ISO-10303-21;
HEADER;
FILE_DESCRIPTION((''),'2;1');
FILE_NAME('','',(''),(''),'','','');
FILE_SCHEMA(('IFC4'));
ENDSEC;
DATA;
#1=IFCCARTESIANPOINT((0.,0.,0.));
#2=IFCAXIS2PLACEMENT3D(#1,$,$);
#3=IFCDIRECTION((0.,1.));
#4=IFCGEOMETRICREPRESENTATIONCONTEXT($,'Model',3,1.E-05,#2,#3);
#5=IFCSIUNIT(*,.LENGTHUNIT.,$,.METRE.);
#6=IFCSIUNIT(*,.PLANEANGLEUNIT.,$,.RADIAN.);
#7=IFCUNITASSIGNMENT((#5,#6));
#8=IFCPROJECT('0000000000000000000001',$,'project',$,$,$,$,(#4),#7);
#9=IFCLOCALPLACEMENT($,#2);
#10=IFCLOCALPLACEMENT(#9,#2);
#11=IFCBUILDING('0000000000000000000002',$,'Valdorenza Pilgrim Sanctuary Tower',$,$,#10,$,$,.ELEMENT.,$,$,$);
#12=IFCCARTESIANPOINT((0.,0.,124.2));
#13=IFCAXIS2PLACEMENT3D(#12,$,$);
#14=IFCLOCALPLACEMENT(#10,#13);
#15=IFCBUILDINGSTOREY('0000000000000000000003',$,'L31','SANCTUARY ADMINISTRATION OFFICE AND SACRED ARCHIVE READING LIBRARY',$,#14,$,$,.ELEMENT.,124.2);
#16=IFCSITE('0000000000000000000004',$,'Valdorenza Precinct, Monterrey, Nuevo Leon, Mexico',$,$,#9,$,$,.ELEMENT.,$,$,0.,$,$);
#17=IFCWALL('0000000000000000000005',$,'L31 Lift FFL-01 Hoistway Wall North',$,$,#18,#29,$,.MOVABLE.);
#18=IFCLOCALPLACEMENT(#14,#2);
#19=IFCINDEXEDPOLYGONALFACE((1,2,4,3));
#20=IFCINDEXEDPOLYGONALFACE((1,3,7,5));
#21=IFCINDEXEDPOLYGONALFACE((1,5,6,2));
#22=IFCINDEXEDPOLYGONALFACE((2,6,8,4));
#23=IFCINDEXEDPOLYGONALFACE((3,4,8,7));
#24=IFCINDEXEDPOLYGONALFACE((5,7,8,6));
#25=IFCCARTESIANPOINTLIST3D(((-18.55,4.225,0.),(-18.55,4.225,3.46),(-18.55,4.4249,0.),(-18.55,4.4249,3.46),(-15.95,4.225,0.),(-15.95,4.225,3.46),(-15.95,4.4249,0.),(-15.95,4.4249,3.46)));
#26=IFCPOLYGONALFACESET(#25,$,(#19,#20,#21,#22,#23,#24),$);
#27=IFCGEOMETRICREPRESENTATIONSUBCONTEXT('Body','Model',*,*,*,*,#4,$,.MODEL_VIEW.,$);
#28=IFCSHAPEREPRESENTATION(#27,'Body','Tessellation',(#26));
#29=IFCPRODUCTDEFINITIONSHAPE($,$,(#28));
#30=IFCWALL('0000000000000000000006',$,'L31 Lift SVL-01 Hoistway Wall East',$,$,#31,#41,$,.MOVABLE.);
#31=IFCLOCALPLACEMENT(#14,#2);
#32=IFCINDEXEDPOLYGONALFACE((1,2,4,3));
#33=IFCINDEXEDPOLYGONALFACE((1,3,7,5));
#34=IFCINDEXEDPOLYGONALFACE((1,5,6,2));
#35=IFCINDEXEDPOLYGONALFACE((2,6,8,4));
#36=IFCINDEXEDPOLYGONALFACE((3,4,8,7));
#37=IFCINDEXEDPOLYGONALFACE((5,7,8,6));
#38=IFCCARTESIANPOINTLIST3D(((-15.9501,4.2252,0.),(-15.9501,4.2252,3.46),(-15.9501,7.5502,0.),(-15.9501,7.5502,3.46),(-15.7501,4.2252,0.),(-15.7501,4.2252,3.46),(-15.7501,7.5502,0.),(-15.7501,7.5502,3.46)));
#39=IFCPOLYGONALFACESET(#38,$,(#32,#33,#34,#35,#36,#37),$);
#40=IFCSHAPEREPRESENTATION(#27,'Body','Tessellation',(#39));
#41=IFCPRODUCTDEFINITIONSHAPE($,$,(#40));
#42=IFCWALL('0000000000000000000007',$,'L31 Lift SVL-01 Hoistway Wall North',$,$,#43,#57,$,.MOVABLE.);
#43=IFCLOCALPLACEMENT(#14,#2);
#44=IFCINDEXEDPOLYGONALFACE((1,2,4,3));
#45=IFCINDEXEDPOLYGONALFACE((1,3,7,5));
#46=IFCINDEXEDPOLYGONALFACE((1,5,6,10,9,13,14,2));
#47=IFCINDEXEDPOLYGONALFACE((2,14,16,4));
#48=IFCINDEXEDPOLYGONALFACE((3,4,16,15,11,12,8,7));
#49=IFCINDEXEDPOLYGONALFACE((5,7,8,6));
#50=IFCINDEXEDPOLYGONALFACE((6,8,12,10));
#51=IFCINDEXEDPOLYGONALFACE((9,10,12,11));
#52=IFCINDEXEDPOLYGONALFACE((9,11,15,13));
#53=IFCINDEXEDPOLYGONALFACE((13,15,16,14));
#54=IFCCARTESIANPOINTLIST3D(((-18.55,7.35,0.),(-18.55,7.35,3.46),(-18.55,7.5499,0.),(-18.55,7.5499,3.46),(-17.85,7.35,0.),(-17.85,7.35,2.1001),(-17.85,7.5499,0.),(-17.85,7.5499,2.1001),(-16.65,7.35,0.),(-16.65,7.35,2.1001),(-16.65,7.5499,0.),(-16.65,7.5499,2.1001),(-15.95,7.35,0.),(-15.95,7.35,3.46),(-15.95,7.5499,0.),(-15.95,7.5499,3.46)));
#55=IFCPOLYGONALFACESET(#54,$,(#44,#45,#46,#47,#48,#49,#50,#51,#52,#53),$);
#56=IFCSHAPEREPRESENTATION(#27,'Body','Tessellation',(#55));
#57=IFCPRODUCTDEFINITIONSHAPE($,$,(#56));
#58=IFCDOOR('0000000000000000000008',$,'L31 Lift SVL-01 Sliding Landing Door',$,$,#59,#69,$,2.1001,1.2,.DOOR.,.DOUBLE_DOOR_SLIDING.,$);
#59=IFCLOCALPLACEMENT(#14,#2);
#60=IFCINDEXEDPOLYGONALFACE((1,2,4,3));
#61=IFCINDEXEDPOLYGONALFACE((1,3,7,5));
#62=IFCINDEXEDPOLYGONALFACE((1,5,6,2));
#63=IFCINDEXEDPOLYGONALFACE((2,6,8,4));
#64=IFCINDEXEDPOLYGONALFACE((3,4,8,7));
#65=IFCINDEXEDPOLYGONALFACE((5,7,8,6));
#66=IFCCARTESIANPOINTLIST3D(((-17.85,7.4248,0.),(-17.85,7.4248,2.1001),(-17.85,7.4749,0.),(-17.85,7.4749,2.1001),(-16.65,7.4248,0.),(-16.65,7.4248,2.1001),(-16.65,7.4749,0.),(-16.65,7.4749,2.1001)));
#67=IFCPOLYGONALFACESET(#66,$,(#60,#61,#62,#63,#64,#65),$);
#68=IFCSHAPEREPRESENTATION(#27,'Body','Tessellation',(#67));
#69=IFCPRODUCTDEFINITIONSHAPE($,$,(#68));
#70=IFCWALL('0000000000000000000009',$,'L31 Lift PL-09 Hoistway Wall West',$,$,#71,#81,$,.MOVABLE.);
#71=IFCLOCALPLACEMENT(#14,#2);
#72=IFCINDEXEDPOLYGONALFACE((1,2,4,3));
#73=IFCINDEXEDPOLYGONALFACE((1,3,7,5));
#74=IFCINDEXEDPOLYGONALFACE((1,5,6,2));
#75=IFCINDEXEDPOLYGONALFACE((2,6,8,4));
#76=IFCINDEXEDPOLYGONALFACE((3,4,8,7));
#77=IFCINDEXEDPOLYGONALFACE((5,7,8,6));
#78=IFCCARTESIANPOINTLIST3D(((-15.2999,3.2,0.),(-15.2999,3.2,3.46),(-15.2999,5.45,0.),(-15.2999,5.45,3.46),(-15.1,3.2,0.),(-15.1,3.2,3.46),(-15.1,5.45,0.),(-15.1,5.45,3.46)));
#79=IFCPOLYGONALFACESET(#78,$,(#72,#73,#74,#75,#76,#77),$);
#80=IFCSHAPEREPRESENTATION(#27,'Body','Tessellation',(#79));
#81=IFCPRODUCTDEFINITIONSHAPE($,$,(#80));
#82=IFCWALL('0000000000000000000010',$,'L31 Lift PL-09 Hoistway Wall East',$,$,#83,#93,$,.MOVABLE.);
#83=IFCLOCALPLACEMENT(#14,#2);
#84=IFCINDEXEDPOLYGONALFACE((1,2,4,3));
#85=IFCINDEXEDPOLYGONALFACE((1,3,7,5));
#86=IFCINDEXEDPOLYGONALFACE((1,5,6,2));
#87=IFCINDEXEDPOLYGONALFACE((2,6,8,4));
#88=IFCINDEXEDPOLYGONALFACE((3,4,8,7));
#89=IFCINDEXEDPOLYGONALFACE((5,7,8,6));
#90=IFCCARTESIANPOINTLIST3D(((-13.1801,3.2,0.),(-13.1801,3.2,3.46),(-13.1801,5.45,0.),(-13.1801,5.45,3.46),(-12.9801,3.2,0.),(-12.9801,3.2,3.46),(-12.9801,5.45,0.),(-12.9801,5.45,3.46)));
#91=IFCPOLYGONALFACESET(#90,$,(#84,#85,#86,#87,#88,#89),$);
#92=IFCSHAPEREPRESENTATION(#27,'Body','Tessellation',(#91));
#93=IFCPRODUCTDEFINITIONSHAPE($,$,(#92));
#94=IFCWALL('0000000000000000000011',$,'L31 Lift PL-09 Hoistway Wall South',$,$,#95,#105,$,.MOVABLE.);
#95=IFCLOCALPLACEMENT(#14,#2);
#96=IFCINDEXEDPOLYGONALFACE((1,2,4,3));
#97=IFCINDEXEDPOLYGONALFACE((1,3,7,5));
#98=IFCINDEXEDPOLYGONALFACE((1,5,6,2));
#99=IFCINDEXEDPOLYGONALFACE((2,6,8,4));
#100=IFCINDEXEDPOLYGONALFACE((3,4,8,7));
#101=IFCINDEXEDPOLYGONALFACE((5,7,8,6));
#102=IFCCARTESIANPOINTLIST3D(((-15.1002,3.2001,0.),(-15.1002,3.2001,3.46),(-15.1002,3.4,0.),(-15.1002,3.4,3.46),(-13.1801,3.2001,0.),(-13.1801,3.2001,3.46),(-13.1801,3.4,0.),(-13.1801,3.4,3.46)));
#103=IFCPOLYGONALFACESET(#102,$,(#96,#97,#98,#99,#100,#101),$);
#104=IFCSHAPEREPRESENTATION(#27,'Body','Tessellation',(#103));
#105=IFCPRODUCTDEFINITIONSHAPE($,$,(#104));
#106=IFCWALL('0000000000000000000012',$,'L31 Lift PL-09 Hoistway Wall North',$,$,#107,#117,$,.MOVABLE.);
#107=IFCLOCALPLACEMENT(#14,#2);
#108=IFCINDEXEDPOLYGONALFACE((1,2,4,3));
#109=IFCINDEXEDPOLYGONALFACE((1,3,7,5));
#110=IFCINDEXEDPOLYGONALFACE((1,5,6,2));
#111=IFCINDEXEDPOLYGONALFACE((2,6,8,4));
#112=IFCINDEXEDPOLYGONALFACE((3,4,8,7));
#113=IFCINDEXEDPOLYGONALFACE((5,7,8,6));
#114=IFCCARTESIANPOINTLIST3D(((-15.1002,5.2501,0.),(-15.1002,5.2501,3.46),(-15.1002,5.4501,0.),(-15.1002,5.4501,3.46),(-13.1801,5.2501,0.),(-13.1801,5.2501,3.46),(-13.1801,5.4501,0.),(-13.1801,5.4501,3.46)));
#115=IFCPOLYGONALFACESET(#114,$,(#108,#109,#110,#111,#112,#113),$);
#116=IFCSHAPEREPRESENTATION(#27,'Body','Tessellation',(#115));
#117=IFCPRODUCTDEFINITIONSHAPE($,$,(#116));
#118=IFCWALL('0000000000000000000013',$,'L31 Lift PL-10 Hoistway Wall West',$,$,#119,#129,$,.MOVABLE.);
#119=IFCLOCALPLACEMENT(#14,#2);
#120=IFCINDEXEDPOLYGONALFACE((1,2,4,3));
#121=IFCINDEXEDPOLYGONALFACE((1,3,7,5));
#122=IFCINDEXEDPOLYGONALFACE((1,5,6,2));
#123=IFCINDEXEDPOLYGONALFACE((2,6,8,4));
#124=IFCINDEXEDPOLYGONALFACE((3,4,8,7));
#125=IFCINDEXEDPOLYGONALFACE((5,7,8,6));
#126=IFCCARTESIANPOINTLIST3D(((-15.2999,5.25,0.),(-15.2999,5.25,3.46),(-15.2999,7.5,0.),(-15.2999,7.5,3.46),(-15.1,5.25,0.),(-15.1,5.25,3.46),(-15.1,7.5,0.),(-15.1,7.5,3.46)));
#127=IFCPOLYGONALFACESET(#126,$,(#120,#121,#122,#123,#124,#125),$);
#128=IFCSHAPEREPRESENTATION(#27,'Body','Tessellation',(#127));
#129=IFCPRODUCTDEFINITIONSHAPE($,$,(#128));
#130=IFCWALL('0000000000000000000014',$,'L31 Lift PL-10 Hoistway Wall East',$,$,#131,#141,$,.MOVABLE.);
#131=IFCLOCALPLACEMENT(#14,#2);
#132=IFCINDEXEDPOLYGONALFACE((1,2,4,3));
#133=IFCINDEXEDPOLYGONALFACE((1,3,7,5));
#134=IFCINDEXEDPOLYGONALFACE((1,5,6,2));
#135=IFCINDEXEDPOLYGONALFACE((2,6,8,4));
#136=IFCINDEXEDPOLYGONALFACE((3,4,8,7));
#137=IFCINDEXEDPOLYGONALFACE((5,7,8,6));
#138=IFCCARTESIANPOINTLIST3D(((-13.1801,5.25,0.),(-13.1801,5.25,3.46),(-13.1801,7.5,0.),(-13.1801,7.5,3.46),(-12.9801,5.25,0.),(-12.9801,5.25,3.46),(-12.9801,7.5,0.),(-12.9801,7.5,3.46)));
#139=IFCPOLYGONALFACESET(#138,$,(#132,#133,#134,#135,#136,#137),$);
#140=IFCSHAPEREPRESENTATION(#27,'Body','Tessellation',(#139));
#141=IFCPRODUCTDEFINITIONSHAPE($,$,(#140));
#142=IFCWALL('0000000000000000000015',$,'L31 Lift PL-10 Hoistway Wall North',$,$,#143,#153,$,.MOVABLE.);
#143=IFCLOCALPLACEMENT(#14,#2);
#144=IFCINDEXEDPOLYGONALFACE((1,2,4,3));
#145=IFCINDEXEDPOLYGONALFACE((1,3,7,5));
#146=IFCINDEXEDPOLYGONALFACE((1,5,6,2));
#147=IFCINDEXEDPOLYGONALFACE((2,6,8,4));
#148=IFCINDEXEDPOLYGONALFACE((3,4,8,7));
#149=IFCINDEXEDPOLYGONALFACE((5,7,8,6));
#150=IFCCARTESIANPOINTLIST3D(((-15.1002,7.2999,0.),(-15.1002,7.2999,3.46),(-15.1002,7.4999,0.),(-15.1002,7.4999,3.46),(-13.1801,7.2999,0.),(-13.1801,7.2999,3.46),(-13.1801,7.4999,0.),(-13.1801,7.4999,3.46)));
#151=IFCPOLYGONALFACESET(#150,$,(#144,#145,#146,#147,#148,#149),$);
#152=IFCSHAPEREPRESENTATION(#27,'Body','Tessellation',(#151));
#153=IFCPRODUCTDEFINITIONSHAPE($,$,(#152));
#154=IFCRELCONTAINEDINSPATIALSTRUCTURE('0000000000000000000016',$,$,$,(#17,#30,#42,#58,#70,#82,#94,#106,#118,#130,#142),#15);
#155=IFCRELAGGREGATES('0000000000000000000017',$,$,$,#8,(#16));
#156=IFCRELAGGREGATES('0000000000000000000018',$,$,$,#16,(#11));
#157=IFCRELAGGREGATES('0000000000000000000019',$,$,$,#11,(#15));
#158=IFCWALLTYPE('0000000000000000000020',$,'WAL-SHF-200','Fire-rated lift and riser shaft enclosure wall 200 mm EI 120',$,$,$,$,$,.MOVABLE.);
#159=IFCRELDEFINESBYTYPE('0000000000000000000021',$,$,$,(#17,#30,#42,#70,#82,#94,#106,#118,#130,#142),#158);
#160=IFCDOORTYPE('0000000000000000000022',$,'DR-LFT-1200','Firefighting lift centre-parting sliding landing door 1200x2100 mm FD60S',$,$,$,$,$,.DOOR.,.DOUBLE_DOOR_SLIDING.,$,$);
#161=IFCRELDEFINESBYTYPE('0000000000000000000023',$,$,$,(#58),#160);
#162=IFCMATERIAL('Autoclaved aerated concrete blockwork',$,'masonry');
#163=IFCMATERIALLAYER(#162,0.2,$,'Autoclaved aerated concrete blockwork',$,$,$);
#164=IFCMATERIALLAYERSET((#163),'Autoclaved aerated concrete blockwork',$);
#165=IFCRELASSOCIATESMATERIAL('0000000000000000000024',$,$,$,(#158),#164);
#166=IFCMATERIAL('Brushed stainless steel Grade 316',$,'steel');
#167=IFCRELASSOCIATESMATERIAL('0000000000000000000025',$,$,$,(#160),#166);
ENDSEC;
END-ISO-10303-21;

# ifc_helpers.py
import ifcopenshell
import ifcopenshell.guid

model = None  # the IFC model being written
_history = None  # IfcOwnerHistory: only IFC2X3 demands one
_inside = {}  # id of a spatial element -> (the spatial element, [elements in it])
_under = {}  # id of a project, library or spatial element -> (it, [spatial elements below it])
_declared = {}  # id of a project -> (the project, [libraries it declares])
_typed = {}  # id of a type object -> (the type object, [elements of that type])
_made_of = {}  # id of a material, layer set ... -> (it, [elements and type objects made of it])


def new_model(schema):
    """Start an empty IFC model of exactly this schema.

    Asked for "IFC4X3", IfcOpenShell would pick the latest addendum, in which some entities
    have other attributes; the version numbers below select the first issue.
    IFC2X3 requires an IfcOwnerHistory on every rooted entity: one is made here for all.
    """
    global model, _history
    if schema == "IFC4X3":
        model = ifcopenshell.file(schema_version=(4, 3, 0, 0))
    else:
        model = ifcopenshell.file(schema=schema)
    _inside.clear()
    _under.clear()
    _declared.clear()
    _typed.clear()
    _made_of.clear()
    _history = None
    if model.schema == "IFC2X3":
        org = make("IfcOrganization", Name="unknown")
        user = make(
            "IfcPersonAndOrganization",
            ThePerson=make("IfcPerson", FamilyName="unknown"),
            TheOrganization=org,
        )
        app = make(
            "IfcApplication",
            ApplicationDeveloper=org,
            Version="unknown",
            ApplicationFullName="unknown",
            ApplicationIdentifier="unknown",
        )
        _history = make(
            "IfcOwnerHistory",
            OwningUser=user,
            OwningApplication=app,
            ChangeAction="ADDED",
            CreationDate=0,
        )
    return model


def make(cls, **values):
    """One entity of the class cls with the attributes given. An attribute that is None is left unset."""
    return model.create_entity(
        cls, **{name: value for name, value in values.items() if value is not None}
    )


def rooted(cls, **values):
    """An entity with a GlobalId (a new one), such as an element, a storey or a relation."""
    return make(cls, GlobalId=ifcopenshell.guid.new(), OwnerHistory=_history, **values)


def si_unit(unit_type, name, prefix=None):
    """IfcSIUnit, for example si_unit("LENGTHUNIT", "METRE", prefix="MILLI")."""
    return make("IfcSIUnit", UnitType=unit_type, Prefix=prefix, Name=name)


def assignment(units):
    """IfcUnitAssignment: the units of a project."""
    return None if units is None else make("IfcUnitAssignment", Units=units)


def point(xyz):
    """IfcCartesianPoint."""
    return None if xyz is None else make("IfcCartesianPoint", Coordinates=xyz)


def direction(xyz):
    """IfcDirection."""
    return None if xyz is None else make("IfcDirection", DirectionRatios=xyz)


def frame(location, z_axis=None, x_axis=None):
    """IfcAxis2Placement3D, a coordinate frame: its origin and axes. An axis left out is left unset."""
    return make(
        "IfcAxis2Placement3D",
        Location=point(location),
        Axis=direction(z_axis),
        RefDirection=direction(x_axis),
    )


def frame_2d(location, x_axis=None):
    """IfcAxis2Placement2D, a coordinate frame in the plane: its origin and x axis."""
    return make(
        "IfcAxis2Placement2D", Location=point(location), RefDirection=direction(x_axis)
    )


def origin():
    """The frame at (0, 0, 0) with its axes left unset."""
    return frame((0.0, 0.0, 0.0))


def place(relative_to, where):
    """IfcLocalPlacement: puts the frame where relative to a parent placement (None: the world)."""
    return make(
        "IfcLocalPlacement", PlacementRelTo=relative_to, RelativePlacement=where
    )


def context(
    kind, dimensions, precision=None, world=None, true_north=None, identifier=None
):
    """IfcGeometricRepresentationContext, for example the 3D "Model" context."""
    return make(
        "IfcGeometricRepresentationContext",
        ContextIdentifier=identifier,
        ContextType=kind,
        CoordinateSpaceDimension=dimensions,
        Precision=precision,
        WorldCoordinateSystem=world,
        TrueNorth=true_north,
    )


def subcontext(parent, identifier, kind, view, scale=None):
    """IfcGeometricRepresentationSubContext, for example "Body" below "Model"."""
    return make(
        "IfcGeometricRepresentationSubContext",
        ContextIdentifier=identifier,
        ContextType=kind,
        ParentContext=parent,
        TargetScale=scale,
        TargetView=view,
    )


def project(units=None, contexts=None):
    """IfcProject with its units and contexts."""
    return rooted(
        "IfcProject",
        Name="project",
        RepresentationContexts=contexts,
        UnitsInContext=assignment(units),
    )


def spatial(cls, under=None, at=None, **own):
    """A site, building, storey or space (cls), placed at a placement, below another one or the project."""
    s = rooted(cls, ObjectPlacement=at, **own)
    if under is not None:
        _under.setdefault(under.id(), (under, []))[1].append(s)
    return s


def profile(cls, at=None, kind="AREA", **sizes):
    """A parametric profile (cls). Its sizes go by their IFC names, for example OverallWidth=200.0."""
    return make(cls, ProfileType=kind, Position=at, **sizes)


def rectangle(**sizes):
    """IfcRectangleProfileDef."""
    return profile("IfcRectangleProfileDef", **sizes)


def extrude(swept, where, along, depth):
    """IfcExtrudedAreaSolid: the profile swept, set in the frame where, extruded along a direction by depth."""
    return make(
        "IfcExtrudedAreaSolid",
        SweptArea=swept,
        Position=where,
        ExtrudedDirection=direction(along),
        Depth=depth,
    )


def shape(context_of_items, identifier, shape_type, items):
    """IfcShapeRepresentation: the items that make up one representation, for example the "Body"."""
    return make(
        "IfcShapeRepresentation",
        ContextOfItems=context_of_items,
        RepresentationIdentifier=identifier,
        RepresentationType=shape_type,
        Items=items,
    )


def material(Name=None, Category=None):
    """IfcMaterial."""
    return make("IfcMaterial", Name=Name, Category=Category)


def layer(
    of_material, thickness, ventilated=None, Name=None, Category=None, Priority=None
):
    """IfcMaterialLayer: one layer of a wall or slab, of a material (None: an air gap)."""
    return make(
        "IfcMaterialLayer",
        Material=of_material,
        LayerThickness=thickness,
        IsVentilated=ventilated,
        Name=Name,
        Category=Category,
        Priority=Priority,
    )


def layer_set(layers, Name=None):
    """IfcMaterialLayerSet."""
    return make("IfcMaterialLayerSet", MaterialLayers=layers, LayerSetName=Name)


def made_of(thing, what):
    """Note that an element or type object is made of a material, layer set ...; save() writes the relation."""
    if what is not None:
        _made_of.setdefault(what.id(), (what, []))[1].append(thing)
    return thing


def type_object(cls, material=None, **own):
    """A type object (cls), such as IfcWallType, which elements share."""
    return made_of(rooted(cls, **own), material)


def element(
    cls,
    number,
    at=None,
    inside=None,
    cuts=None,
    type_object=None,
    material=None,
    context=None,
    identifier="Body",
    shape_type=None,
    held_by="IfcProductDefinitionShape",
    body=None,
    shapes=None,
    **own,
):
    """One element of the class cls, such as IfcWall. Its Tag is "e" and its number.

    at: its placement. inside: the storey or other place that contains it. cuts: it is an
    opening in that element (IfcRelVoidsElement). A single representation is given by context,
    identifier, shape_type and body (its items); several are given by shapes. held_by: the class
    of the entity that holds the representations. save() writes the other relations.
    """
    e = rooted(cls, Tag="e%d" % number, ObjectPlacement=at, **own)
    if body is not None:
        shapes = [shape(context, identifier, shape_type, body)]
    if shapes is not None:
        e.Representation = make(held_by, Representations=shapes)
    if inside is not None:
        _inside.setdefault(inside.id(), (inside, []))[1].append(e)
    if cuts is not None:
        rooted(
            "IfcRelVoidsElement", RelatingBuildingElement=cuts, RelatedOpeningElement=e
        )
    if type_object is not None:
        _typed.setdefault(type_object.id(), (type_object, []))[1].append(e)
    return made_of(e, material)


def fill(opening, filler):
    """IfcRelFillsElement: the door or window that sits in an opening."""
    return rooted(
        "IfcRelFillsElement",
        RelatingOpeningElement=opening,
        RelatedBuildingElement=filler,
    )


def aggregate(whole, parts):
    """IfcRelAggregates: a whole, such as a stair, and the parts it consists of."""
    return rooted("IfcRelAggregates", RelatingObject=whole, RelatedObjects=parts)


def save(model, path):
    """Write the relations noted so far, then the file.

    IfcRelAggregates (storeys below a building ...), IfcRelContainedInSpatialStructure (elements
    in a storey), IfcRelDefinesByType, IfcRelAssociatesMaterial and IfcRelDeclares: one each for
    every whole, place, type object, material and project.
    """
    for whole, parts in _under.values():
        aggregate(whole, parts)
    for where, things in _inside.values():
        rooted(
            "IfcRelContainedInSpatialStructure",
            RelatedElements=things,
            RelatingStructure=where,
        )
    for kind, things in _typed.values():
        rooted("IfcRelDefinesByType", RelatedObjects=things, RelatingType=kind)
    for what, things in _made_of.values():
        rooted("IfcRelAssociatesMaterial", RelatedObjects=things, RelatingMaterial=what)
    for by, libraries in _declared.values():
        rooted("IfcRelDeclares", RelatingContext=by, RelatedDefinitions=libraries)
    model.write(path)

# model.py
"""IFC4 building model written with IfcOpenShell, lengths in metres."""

from ifc_helpers import new_model, si_unit, direction, frame, frame_2d, origin, place, context, subcontext, project, spatial, rectangle, extrude, material, layer, layer_set, type_object, element, fill, save


model = new_model("IFC4")

# Units and contexts
model_context = context("Model", 3, precision=1e-05, world=origin(), true_north=direction((0.0, 1.0)))
body_context = subcontext(model_context, "Body", "Model", "MODEL_VIEW")
ifc_project = project(units=[si_unit("LENGTHUNIT", "METRE"), si_unit("PLANEANGLEUNIT", "RADIAN")], contexts=[model_context])

# Site, building, storey
site_placement = place(None, origin())
site = spatial("IfcSite", under=ifc_project, at=site_placement, Name="Valdorenza Precinct, Monterrey, Nuevo Leon, Mexico", CompositionType="ELEMENT", RefElevation=0.0)
building_placement = place(site_placement, origin())
building = spatial("IfcBuilding", under=site, at=building_placement, Name="Valdorenza Pilgrim Sanctuary Tower", CompositionType="ELEMENT")
storey_placement = place(building_placement, frame((0.0, 0.0, 124.2)))
storey = spatial("IfcBuildingStorey", under=building, at=storey_placement, Name="L31", Description="SANCTUARY ADMINISTRATION OFFICE AND SACRED ARCHIVE READING LIBRARY", CompositionType="ELEMENT", Elevation=124.2)

# Walls
ifc_material_1 = material(Name="Autoclaved aerated concrete blockwork", Category="masonry")
ifc_layer_1 = layer(ifc_material_1, 0.2, Name="Autoclaved aerated concrete blockwork")
ifc_layer_set_1 = layer_set([ifc_layer_1], Name="Autoclaved aerated concrete blockwork")
wall_type_1 = type_object("IfcWallType", Name="WAL-SHF-200", Description="Fire-rated lift and riser shaft enclosure wall 200 mm EI 120", PredefinedType="MOVABLE", material=ifc_layer_set_1)
wall_1_placement = place(storey_placement, frame((-18.55, 4.325, 0.0), z_axis=(0.0, 0.0, 1.0), x_axis=(1.0, 0.0, 0.0)))
element("IfcWall", 1, at=wall_1_placement, inside=storey, type_object=wall_type_1, Name="L31 Lift FFL-01 Hoistway Wall North", PredefinedType="MOVABLE", context=body_context, shape_type="SweptSolid", body=[
    extrude(rectangle(XDim=2.6001, YDim=0.2, at=frame_2d((1.3, 0.0))), origin(), (0.0, 0.0, 1.0), 3.46),
])
wall_2_placement = place(storey_placement, frame((-15.8501, 4.2251, 0.0), z_axis=(0.0, 0.0, 1.0), x_axis=(0.0, 1.0, 0.0)))
element("IfcWall", 2, at=wall_2_placement, inside=storey, type_object=wall_type_1, Name="L31 Lift SVL-01 Hoistway Wall East", PredefinedType="MOVABLE", context=body_context, shape_type="SweptSolid", body=[
    extrude(rectangle(XDim=3.325, YDim=0.2, at=frame_2d((1.6626, 0.0))), origin(), (0.0, 0.0, 1.0), 3.46),
])

# Wall, opening, door
wall_3_placement = place(storey_placement, frame((-18.55, 7.45, 0.0), z_axis=(0.0, 0.0, 1.0), x_axis=(1.0, 0.0, 0.0)))
wall_3 = element("IfcWall", 3, at=wall_3_placement, inside=storey, type_object=wall_type_1, Name="L31 Lift SVL-01 Hoistway Wall North", PredefinedType="MOVABLE", context=body_context, shape_type="SweptSolid", body=[
    extrude(rectangle(XDim=2.6001, YDim=0.2, at=frame_2d((1.3, 0.0))), origin(), (0.0, 0.0, 1.0), 3.46),
])
opening_1_placement = place(wall_3_placement, frame((0.7, 0.0, 0.0)))
opening_1 = element("IfcOpeningElement", 4, at=opening_1_placement, cuts=wall_3, PredefinedType="OPENING", context=body_context, shape_type="SweptSolid", body=[
    extrude(rectangle(XDim=1.2, YDim=2.1001, at=frame_2d((0.6001, 1.05))), frame((0.0, 0.1147, 0.0), z_axis=(0.0, -1.0, 0.0), x_axis=(1.0, 0.0, 0.0)), (0.0, 0.0, 1.0), 0.2297),
])
ifc_material_2 = material(Name="Brushed stainless steel Grade 316", Category="steel")
door_type_1 = type_object("IfcDoorType", Name="DR-LFT-1200", Description="Firefighting lift centre-parting sliding landing door 1200x2100 mm FD60S", OperationType="DOUBLE_DOOR_SLIDING", PredefinedType="DOOR", material=ifc_material_2)
door_1_placement = place(opening_1_placement, origin())
door_1 = element("IfcDoor", 5, at=door_1_placement, inside=storey, type_object=door_type_1, Name="L31 Lift SVL-01 Sliding Landing Door", OperationType="DOUBLE_DOOR_SLIDING", OverallHeight=2.1001, OverallWidth=1.2, PredefinedType="DOOR", context=body_context, shape_type="SweptSolid", body=[
    extrude(rectangle(XDim=1.2, YDim=2.1001, at=frame_2d((0.6001, 1.05))), frame((0.0, 0.0249, 0.0), z_axis=(0.0, -1.0, 0.0), x_axis=(1.0, 0.0, 0.0)), (0.0, 0.0, 1.0), 0.05),
])
fill(opening_1, door_1)

# Walls
for number, where, z_axis, x_axis, name in (
    (6, (-15.2, 3.2, 0.0), (0.0, 0.0, 1.0), (0.0, 1.0, 0.0), "L31 Lift PL-09 Hoistway Wall West"),
    (7, (-13.0801, 3.2, 0.0), (0.0, 0.0, 1.0), (0.0, 1.0, 0.0), "L31 Lift PL-09 Hoistway Wall East"),
):
    element("IfcWall", number, at=place(storey_placement, frame(where, z_axis=z_axis, x_axis=x_axis)), inside=storey, type_object=wall_type_1, Name=name, PredefinedType="MOVABLE", context=body_context, shape_type="SweptSolid", body=[
        extrude(rectangle(XDim=2.25, YDim=0.2, at=frame_2d((1.125, 0.0))), origin(), (0.0, 0.0, 1.0), 3.46),
    ])
for number, where, z_axis, x_axis, name in (
    (8, (-15.1001, 3.3, 0.0), (0.0, 0.0, 1.0), (1.0, 0.0, 0.0), "L31 Lift PL-09 Hoistway Wall South"),
    (9, (-15.1001, 5.3501, 0.0), (0.0, 0.0, 1.0), (1.0, 0.0, 0.0), "L31 Lift PL-09 Hoistway Wall North"),
):
    element("IfcWall", number, at=place(storey_placement, frame(where, z_axis=z_axis, x_axis=x_axis)), inside=storey, type_object=wall_type_1, Name=name, PredefinedType="MOVABLE", context=body_context, shape_type="SweptSolid", body=[
        extrude(rectangle(XDim=1.9202, YDim=0.2, at=frame_2d((0.96, 0.0))), origin(), (0.0, 0.0, 1.0), 3.46),
    ])
for number, where, z_axis, x_axis, name in (
    (10, (-15.2, 5.25, 0.0), (0.0, 0.0, 1.0), (0.0, 1.0, 0.0), "L31 Lift PL-10 Hoistway Wall West"),
    (11, (-13.0801, 5.25, 0.0), (0.0, 0.0, 1.0), (0.0, 1.0, 0.0), "L31 Lift PL-10 Hoistway Wall East"),
):
    element("IfcWall", number, at=place(storey_placement, frame(where, z_axis=z_axis, x_axis=x_axis)), inside=storey, type_object=wall_type_1, Name=name, PredefinedType="MOVABLE", context=body_context, shape_type="SweptSolid", body=[
        extrude(rectangle(XDim=2.25, YDim=0.2, at=frame_2d((1.125, 0.0))), origin(), (0.0, 0.0, 1.0), 3.46),
    ])
wall_4_placement = place(storey_placement, frame((-15.1001, 7.3999, 0.0), z_axis=(0.0, 0.0, 1.0), x_axis=(1.0, 0.0, 0.0)))
element("IfcWall", 12, at=wall_4_placement, inside=storey, type_object=wall_type_1, Name="L31 Lift PL-10 Hoistway Wall North", PredefinedType="MOVABLE", context=body_context, shape_type="SweptSolid", body=[
    extrude(rectangle(XDim=1.9202, YDim=0.2, at=frame_2d((0.96, 0.0))), origin(), (0.0, 0.0, 1.0), 3.46),
])

save(model, "model.ifc")
